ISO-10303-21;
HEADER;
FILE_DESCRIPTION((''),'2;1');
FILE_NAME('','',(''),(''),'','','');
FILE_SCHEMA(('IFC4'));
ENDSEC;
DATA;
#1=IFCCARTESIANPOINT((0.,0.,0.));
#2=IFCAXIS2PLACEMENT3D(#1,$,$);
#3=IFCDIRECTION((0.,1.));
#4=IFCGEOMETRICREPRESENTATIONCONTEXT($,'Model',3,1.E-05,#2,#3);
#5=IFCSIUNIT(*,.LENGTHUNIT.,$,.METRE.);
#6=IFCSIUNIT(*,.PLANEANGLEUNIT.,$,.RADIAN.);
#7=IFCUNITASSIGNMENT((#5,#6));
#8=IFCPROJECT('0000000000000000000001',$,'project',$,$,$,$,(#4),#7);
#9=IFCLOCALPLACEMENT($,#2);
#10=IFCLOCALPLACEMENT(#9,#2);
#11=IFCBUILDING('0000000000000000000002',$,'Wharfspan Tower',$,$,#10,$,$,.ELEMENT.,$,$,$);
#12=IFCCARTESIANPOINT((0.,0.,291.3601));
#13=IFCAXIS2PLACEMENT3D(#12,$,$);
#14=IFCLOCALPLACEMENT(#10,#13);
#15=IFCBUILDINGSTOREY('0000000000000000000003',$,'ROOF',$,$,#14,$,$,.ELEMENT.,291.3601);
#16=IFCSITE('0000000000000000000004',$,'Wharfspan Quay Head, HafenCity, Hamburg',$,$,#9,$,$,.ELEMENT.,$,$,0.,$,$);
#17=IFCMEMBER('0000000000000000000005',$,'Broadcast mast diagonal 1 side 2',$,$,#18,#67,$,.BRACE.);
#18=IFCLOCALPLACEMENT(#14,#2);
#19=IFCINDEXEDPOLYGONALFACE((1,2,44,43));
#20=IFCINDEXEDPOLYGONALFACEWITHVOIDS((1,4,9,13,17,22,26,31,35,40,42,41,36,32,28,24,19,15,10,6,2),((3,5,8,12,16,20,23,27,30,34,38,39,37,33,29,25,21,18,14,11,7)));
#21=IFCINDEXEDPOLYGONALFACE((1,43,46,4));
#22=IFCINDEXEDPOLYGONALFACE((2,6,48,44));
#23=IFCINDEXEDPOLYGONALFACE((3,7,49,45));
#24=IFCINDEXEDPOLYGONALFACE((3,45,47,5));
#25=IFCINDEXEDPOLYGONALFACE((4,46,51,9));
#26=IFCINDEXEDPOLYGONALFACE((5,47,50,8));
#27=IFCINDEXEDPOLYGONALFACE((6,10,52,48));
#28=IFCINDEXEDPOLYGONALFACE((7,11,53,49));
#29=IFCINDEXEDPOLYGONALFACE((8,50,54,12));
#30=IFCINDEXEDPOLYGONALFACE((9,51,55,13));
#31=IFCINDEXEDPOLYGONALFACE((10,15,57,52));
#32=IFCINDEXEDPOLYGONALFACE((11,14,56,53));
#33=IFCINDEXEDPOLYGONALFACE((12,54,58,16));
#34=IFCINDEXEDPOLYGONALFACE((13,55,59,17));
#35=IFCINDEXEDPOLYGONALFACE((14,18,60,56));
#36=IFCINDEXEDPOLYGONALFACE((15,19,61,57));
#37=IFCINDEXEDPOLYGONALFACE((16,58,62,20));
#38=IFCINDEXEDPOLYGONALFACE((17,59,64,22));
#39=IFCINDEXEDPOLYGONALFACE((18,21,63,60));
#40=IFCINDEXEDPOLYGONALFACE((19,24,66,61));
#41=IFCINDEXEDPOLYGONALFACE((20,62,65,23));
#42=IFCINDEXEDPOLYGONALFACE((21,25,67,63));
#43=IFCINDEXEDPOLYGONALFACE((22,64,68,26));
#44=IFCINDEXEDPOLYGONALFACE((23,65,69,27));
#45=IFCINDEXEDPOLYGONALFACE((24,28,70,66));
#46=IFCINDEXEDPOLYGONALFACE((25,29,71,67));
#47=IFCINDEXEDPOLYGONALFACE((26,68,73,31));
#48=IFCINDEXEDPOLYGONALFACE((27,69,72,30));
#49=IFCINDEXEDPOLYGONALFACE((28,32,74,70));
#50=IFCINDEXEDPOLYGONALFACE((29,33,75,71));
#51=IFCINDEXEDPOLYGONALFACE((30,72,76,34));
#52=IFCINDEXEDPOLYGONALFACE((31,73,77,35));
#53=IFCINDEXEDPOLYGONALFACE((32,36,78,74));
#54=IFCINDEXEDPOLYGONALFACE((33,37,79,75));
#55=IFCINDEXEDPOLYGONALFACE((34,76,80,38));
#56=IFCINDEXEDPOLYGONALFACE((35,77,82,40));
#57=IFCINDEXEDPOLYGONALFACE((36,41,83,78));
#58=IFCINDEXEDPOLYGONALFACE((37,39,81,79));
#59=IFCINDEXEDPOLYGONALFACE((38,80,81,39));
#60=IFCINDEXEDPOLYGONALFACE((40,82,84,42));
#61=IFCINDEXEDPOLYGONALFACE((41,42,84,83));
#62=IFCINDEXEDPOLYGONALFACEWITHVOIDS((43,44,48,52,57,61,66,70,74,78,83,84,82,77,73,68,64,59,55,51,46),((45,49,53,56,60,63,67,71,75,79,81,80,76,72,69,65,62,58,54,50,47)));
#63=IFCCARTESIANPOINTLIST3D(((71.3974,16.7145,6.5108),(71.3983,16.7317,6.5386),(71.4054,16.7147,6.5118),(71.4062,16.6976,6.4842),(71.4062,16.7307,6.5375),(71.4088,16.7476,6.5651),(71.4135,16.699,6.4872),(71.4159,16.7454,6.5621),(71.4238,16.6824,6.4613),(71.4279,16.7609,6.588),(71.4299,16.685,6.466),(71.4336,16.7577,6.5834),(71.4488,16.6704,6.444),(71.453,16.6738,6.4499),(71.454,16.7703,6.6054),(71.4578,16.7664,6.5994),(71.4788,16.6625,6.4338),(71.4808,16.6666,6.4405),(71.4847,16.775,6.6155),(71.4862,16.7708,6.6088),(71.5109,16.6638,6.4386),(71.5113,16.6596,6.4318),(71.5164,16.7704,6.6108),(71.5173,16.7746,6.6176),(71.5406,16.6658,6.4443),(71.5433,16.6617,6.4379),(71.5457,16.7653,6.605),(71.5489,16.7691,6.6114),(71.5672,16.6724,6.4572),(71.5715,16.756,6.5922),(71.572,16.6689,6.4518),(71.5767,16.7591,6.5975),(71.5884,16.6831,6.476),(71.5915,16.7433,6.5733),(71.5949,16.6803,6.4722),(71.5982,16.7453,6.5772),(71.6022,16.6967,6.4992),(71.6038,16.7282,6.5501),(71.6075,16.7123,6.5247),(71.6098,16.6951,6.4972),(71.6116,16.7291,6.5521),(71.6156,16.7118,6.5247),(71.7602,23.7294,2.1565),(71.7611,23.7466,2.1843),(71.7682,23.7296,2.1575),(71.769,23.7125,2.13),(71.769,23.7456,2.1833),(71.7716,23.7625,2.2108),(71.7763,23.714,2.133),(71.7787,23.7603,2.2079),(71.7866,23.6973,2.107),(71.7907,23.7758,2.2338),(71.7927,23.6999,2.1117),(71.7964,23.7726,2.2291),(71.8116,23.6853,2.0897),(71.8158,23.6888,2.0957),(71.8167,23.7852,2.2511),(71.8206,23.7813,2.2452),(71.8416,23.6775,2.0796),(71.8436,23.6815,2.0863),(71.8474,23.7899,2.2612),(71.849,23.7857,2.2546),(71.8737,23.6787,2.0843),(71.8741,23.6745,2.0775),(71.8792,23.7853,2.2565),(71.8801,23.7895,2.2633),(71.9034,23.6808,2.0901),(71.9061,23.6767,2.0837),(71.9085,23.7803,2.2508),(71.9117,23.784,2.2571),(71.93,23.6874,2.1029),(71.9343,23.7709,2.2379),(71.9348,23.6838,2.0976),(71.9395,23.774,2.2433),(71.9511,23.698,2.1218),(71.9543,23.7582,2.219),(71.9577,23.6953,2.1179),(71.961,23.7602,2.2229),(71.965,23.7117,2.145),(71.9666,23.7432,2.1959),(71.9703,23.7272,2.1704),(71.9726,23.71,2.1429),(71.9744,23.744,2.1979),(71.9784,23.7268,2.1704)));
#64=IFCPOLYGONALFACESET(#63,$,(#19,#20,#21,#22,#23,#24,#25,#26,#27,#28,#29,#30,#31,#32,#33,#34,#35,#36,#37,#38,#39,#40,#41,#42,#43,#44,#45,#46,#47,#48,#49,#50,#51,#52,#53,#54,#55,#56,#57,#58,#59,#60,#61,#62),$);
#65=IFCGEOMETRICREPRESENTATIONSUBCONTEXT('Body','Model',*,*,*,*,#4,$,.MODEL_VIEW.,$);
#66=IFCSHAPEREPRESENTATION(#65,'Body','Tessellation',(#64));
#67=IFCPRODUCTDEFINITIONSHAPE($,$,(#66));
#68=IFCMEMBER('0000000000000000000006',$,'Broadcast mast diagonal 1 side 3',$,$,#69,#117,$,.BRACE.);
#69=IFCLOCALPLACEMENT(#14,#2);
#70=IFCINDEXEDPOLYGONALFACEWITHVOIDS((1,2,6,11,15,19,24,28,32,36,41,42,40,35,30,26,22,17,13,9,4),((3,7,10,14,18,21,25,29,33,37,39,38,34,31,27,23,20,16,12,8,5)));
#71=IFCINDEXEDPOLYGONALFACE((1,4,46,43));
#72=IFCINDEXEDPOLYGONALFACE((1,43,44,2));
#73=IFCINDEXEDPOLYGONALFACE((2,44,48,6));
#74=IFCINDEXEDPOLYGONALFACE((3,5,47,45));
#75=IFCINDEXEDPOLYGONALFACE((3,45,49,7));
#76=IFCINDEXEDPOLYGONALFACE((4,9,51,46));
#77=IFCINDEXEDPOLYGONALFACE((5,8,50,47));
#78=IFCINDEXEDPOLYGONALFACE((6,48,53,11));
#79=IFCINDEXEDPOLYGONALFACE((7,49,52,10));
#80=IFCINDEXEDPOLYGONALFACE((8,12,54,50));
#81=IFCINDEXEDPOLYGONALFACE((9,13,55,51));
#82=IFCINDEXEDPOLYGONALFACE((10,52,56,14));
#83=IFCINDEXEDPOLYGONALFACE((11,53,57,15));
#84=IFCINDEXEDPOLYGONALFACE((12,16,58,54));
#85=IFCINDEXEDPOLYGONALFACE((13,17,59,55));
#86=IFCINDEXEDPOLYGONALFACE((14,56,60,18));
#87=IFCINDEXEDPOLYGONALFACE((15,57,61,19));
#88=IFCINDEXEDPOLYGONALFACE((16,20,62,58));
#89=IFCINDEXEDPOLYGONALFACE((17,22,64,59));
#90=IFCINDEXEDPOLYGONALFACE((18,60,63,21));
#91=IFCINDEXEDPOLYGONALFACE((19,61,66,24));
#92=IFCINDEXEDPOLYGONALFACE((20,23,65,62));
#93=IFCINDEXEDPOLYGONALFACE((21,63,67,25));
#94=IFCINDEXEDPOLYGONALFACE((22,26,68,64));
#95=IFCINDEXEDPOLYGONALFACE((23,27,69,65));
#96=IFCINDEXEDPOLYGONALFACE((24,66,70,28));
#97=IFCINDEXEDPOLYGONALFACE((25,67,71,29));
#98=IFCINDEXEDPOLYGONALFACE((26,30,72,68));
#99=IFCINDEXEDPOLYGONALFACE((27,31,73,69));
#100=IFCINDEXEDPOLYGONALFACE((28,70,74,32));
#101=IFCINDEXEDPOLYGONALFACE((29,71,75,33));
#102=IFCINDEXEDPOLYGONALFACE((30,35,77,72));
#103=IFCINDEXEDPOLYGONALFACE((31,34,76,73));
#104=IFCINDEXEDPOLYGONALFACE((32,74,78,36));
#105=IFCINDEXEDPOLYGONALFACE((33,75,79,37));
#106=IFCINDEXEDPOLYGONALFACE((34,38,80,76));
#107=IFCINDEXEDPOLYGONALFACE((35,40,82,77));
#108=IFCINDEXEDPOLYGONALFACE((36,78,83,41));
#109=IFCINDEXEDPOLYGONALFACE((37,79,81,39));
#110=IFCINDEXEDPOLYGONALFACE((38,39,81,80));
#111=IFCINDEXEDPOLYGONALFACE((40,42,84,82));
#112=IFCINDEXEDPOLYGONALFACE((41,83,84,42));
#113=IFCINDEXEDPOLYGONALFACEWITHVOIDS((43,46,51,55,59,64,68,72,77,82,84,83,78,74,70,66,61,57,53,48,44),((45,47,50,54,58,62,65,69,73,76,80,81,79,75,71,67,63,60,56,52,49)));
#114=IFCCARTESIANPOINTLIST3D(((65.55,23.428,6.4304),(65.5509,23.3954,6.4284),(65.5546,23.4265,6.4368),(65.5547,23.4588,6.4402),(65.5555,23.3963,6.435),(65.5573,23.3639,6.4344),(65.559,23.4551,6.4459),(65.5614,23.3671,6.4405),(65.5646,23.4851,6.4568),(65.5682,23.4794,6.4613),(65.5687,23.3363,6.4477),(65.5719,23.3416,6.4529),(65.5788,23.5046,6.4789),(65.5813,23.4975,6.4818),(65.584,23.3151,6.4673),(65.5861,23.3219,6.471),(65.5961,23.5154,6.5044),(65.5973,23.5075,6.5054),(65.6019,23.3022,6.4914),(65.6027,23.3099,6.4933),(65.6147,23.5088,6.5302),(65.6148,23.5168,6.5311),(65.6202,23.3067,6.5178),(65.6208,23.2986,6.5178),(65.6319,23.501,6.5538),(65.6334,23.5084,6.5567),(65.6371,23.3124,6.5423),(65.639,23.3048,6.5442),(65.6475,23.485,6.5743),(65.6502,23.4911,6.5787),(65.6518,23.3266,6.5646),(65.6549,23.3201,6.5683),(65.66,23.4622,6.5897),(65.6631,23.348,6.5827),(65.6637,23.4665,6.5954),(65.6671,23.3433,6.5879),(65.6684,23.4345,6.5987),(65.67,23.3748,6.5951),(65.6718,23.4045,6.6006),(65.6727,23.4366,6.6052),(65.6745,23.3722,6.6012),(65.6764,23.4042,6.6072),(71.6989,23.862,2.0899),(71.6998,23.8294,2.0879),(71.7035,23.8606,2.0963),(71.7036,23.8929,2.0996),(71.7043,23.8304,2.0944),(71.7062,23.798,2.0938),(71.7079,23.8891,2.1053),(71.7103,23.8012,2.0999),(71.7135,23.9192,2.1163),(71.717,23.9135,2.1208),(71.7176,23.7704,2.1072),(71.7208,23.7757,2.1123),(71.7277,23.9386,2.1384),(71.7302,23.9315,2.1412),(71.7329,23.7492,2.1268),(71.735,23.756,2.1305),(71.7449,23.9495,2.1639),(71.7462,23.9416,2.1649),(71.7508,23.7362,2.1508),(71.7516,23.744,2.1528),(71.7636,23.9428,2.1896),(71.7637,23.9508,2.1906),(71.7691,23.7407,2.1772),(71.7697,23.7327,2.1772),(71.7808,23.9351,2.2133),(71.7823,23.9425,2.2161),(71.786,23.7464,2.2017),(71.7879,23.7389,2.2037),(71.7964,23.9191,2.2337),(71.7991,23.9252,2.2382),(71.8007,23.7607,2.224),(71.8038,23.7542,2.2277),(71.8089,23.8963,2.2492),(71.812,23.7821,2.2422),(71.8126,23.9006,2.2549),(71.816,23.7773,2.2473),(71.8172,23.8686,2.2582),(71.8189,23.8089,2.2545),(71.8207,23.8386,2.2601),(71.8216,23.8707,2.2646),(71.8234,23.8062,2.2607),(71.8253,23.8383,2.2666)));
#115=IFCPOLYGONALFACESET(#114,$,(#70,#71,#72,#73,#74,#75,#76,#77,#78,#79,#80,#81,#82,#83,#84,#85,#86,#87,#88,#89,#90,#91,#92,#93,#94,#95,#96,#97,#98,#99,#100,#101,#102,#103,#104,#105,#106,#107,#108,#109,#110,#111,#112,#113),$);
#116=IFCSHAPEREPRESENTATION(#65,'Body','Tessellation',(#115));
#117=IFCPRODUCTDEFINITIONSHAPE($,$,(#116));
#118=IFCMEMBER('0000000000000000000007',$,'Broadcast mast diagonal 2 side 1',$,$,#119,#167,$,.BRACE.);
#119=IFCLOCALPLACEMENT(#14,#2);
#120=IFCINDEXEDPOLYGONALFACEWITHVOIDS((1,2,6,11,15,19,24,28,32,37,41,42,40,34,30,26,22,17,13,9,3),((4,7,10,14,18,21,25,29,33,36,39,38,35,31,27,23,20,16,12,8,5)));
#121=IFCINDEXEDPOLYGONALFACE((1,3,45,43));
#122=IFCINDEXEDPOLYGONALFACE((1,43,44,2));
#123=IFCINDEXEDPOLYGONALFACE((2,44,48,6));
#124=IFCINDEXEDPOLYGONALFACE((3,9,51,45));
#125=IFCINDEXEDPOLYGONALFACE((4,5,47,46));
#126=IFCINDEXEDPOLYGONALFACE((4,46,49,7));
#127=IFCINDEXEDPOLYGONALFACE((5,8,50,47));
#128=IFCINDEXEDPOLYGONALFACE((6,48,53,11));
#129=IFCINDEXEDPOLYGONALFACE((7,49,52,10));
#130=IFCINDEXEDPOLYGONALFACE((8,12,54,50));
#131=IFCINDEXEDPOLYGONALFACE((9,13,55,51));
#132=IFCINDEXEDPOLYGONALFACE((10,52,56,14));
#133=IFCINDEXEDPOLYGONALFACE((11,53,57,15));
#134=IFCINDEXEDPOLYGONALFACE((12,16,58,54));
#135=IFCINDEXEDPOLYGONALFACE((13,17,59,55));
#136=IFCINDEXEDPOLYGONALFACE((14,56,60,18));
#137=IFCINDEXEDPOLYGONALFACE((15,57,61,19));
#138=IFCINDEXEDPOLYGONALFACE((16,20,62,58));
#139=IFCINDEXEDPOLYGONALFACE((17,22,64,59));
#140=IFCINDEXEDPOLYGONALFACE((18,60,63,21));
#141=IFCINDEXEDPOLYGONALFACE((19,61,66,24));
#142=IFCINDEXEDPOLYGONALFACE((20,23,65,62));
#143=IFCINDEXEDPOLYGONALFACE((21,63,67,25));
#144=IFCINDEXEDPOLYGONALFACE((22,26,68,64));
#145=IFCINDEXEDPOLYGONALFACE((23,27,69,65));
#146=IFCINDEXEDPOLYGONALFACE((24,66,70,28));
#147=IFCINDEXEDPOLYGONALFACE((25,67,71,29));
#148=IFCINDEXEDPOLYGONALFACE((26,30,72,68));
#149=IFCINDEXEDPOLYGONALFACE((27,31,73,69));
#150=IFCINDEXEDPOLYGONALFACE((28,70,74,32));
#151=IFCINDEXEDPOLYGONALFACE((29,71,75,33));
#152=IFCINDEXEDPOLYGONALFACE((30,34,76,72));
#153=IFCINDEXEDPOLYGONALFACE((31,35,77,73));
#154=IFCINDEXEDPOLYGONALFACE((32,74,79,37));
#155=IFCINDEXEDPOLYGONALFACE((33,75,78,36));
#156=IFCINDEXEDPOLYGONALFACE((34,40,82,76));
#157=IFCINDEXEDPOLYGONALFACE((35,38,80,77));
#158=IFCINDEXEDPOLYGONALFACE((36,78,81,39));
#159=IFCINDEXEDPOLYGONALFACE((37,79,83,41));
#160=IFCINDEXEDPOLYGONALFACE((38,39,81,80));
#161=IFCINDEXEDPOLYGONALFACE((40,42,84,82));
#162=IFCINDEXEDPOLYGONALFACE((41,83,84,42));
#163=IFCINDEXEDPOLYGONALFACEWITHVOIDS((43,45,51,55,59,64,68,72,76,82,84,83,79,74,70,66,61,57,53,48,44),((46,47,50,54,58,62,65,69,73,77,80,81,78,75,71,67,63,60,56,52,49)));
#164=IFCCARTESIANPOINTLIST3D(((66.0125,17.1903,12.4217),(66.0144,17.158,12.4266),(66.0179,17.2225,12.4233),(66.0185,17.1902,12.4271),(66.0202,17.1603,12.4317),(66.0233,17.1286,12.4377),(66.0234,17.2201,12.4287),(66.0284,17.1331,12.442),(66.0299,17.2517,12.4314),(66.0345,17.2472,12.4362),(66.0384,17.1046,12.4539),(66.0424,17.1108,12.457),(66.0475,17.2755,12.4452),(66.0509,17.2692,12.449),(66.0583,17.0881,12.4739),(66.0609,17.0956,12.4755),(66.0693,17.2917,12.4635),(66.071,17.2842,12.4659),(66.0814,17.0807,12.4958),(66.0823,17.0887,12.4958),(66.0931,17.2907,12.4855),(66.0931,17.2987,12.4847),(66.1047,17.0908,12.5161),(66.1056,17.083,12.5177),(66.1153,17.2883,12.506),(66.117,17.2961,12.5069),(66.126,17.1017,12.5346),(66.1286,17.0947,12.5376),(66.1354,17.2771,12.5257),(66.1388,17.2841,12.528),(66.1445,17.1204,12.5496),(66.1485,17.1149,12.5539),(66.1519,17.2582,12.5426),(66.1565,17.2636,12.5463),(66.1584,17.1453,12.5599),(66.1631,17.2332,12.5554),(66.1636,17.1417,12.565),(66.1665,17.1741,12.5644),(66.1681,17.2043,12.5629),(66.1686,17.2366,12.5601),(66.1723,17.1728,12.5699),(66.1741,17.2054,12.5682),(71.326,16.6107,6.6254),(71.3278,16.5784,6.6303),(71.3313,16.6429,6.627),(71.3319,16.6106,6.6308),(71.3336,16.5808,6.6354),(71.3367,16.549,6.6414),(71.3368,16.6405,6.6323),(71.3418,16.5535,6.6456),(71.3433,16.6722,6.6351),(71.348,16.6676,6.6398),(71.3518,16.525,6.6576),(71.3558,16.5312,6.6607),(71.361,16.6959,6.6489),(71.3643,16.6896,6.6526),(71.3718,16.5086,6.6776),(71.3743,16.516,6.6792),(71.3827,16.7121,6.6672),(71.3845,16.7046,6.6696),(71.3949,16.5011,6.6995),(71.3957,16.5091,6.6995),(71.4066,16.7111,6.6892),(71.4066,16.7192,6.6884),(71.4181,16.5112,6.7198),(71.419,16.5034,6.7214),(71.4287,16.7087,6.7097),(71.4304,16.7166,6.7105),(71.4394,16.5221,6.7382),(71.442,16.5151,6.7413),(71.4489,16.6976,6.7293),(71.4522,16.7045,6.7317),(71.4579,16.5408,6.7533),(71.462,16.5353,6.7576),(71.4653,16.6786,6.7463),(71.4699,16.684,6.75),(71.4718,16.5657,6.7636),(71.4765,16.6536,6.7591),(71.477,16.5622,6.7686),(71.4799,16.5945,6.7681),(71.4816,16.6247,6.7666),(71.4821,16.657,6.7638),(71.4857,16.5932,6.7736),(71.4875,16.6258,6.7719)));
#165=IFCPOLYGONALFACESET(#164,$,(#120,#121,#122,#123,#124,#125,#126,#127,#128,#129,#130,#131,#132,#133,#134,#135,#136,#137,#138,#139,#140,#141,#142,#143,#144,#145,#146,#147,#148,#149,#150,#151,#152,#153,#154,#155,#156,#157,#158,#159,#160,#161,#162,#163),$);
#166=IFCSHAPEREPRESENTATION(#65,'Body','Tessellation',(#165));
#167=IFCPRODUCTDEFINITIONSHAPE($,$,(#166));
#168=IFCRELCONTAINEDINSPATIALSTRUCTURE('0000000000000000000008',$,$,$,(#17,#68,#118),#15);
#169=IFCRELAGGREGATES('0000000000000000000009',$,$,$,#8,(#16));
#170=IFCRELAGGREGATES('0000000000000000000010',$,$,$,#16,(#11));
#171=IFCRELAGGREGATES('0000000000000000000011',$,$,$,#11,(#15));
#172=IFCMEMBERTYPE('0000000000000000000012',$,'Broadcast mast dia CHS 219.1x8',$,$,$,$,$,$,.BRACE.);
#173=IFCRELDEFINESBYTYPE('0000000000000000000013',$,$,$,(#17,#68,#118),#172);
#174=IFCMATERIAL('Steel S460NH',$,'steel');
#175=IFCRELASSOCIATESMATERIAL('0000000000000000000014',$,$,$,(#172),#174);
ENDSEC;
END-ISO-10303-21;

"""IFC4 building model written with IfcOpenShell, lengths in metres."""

from ifc_helpers import new_model, si_unit, direction, frame, origin, origin_2d, place, context, subcontext, project, spatial, hollow_circle, extrude, material, material_profile, profile_set, type_object, element, save


model = new_model("IFC4")

# Units and contexts
model_context = context("Model", 3, precision=1e-05, world=origin(), true_north=direction((0.0, 1.0)))
body_context = subcontext(model_context, "Body", "Model", "MODEL_VIEW")
ifc_project = project(units=[si_unit("LENGTHUNIT", "METRE"), si_unit("PLANEANGLEUNIT", "RADIAN")], contexts=[model_context])

# Site, building, storey
site_placement = place(None, origin())
site = spatial("IfcSite", under=ifc_project, at=site_placement, Name="Wharfspan Quay Head, HafenCity, Hamburg", CompositionType="ELEMENT", RefElevation=0.0)
building_placement = place(site_placement, origin())
building = spatial("IfcBuilding", under=site, at=building_placement, Name="Wharfspan Tower", CompositionType="ELEMENT")
storey_placement = place(building_placement, frame((0.0, 0.0, 291.3601)))
storey = spatial("IfcBuildingStorey", under=building, at=storey_placement, Name="ROOF", CompositionType="ELEMENT", Elevation=291.3601)

# Members
ifc_material_1 = material(Name="Steel S460NH", Category="steel")
ifc_material_profile_1 = material_profile(ifc_material_1, hollow_circle(Radius=0.1096, WallThickness=0.0081, at=origin_2d()))
ifc_profile_set_1 = profile_set([ifc_material_profile_1], Name="Steel S460NH")
member_type_1 = type_object("IfcMemberType", Name="Broadcast mast dia CHS 219.1x8", PredefinedType="BRACE", material=ifc_profile_set_1)
member_1_placement = place(storey_placement, frame((71.8689, 23.7324, 2.1704), z_axis=(-0.043898, -0.848812, 0.52687), x_axis=(0.998666, -0.051648, 0.0)))
element("IfcMember", 1, at=member_1_placement, inside=storey, type_object=member_type_1, Name="Broadcast mast diagonal 1 side 2", PredefinedType="BRACE", context=body_context, shape_type="SweptSolid", body=[
    extrude(hollow_circle(Radius=0.1096, WallThickness=0.0081, at=origin_2d()), origin(), (0.0, 0.0, 1.0), 8.2644),
])
member_2_placement = place(storey_placement, frame((71.762, 23.842, 2.1772), z_axis=(-0.815603, -0.057577, 0.57574), x_axis=(0.070422, -0.997518, 0.000004)))
element("IfcMember", 2, at=member_2_placement, inside=storey, type_object=member_type_1, Name="Broadcast mast diagonal 1 side 3", PredefinedType="BRACE", context=body_context, shape_type="SweptSolid", body=[
    extrude(hollow_circle(Radius=0.1096, WallThickness=0.0081, at=origin_2d()), origin(), (0.0, 0.0, 1.0), 7.5391),
])
member_3_placement = place(storey_placement, frame((71.4067, 16.6101, 6.6995), z_axis=(-0.673905, 0.073509, 0.735152), x_axis=(-0.108438, -0.994102, -0.000002)))
element("IfcMember", 3, at=member_3_placement, inside=storey, type_object=member_type_1, Name="Broadcast mast diagonal 2 side 1", PredefinedType="BRACE", context=body_context, shape_type="SweptSolid", body=[
    extrude(hollow_circle(Radius=0.1096, WallThickness=0.0081, at=origin_2d()), origin(), (0.0, 0.0, 1.0), 7.8845),
])

save(model, "model.ifc")
